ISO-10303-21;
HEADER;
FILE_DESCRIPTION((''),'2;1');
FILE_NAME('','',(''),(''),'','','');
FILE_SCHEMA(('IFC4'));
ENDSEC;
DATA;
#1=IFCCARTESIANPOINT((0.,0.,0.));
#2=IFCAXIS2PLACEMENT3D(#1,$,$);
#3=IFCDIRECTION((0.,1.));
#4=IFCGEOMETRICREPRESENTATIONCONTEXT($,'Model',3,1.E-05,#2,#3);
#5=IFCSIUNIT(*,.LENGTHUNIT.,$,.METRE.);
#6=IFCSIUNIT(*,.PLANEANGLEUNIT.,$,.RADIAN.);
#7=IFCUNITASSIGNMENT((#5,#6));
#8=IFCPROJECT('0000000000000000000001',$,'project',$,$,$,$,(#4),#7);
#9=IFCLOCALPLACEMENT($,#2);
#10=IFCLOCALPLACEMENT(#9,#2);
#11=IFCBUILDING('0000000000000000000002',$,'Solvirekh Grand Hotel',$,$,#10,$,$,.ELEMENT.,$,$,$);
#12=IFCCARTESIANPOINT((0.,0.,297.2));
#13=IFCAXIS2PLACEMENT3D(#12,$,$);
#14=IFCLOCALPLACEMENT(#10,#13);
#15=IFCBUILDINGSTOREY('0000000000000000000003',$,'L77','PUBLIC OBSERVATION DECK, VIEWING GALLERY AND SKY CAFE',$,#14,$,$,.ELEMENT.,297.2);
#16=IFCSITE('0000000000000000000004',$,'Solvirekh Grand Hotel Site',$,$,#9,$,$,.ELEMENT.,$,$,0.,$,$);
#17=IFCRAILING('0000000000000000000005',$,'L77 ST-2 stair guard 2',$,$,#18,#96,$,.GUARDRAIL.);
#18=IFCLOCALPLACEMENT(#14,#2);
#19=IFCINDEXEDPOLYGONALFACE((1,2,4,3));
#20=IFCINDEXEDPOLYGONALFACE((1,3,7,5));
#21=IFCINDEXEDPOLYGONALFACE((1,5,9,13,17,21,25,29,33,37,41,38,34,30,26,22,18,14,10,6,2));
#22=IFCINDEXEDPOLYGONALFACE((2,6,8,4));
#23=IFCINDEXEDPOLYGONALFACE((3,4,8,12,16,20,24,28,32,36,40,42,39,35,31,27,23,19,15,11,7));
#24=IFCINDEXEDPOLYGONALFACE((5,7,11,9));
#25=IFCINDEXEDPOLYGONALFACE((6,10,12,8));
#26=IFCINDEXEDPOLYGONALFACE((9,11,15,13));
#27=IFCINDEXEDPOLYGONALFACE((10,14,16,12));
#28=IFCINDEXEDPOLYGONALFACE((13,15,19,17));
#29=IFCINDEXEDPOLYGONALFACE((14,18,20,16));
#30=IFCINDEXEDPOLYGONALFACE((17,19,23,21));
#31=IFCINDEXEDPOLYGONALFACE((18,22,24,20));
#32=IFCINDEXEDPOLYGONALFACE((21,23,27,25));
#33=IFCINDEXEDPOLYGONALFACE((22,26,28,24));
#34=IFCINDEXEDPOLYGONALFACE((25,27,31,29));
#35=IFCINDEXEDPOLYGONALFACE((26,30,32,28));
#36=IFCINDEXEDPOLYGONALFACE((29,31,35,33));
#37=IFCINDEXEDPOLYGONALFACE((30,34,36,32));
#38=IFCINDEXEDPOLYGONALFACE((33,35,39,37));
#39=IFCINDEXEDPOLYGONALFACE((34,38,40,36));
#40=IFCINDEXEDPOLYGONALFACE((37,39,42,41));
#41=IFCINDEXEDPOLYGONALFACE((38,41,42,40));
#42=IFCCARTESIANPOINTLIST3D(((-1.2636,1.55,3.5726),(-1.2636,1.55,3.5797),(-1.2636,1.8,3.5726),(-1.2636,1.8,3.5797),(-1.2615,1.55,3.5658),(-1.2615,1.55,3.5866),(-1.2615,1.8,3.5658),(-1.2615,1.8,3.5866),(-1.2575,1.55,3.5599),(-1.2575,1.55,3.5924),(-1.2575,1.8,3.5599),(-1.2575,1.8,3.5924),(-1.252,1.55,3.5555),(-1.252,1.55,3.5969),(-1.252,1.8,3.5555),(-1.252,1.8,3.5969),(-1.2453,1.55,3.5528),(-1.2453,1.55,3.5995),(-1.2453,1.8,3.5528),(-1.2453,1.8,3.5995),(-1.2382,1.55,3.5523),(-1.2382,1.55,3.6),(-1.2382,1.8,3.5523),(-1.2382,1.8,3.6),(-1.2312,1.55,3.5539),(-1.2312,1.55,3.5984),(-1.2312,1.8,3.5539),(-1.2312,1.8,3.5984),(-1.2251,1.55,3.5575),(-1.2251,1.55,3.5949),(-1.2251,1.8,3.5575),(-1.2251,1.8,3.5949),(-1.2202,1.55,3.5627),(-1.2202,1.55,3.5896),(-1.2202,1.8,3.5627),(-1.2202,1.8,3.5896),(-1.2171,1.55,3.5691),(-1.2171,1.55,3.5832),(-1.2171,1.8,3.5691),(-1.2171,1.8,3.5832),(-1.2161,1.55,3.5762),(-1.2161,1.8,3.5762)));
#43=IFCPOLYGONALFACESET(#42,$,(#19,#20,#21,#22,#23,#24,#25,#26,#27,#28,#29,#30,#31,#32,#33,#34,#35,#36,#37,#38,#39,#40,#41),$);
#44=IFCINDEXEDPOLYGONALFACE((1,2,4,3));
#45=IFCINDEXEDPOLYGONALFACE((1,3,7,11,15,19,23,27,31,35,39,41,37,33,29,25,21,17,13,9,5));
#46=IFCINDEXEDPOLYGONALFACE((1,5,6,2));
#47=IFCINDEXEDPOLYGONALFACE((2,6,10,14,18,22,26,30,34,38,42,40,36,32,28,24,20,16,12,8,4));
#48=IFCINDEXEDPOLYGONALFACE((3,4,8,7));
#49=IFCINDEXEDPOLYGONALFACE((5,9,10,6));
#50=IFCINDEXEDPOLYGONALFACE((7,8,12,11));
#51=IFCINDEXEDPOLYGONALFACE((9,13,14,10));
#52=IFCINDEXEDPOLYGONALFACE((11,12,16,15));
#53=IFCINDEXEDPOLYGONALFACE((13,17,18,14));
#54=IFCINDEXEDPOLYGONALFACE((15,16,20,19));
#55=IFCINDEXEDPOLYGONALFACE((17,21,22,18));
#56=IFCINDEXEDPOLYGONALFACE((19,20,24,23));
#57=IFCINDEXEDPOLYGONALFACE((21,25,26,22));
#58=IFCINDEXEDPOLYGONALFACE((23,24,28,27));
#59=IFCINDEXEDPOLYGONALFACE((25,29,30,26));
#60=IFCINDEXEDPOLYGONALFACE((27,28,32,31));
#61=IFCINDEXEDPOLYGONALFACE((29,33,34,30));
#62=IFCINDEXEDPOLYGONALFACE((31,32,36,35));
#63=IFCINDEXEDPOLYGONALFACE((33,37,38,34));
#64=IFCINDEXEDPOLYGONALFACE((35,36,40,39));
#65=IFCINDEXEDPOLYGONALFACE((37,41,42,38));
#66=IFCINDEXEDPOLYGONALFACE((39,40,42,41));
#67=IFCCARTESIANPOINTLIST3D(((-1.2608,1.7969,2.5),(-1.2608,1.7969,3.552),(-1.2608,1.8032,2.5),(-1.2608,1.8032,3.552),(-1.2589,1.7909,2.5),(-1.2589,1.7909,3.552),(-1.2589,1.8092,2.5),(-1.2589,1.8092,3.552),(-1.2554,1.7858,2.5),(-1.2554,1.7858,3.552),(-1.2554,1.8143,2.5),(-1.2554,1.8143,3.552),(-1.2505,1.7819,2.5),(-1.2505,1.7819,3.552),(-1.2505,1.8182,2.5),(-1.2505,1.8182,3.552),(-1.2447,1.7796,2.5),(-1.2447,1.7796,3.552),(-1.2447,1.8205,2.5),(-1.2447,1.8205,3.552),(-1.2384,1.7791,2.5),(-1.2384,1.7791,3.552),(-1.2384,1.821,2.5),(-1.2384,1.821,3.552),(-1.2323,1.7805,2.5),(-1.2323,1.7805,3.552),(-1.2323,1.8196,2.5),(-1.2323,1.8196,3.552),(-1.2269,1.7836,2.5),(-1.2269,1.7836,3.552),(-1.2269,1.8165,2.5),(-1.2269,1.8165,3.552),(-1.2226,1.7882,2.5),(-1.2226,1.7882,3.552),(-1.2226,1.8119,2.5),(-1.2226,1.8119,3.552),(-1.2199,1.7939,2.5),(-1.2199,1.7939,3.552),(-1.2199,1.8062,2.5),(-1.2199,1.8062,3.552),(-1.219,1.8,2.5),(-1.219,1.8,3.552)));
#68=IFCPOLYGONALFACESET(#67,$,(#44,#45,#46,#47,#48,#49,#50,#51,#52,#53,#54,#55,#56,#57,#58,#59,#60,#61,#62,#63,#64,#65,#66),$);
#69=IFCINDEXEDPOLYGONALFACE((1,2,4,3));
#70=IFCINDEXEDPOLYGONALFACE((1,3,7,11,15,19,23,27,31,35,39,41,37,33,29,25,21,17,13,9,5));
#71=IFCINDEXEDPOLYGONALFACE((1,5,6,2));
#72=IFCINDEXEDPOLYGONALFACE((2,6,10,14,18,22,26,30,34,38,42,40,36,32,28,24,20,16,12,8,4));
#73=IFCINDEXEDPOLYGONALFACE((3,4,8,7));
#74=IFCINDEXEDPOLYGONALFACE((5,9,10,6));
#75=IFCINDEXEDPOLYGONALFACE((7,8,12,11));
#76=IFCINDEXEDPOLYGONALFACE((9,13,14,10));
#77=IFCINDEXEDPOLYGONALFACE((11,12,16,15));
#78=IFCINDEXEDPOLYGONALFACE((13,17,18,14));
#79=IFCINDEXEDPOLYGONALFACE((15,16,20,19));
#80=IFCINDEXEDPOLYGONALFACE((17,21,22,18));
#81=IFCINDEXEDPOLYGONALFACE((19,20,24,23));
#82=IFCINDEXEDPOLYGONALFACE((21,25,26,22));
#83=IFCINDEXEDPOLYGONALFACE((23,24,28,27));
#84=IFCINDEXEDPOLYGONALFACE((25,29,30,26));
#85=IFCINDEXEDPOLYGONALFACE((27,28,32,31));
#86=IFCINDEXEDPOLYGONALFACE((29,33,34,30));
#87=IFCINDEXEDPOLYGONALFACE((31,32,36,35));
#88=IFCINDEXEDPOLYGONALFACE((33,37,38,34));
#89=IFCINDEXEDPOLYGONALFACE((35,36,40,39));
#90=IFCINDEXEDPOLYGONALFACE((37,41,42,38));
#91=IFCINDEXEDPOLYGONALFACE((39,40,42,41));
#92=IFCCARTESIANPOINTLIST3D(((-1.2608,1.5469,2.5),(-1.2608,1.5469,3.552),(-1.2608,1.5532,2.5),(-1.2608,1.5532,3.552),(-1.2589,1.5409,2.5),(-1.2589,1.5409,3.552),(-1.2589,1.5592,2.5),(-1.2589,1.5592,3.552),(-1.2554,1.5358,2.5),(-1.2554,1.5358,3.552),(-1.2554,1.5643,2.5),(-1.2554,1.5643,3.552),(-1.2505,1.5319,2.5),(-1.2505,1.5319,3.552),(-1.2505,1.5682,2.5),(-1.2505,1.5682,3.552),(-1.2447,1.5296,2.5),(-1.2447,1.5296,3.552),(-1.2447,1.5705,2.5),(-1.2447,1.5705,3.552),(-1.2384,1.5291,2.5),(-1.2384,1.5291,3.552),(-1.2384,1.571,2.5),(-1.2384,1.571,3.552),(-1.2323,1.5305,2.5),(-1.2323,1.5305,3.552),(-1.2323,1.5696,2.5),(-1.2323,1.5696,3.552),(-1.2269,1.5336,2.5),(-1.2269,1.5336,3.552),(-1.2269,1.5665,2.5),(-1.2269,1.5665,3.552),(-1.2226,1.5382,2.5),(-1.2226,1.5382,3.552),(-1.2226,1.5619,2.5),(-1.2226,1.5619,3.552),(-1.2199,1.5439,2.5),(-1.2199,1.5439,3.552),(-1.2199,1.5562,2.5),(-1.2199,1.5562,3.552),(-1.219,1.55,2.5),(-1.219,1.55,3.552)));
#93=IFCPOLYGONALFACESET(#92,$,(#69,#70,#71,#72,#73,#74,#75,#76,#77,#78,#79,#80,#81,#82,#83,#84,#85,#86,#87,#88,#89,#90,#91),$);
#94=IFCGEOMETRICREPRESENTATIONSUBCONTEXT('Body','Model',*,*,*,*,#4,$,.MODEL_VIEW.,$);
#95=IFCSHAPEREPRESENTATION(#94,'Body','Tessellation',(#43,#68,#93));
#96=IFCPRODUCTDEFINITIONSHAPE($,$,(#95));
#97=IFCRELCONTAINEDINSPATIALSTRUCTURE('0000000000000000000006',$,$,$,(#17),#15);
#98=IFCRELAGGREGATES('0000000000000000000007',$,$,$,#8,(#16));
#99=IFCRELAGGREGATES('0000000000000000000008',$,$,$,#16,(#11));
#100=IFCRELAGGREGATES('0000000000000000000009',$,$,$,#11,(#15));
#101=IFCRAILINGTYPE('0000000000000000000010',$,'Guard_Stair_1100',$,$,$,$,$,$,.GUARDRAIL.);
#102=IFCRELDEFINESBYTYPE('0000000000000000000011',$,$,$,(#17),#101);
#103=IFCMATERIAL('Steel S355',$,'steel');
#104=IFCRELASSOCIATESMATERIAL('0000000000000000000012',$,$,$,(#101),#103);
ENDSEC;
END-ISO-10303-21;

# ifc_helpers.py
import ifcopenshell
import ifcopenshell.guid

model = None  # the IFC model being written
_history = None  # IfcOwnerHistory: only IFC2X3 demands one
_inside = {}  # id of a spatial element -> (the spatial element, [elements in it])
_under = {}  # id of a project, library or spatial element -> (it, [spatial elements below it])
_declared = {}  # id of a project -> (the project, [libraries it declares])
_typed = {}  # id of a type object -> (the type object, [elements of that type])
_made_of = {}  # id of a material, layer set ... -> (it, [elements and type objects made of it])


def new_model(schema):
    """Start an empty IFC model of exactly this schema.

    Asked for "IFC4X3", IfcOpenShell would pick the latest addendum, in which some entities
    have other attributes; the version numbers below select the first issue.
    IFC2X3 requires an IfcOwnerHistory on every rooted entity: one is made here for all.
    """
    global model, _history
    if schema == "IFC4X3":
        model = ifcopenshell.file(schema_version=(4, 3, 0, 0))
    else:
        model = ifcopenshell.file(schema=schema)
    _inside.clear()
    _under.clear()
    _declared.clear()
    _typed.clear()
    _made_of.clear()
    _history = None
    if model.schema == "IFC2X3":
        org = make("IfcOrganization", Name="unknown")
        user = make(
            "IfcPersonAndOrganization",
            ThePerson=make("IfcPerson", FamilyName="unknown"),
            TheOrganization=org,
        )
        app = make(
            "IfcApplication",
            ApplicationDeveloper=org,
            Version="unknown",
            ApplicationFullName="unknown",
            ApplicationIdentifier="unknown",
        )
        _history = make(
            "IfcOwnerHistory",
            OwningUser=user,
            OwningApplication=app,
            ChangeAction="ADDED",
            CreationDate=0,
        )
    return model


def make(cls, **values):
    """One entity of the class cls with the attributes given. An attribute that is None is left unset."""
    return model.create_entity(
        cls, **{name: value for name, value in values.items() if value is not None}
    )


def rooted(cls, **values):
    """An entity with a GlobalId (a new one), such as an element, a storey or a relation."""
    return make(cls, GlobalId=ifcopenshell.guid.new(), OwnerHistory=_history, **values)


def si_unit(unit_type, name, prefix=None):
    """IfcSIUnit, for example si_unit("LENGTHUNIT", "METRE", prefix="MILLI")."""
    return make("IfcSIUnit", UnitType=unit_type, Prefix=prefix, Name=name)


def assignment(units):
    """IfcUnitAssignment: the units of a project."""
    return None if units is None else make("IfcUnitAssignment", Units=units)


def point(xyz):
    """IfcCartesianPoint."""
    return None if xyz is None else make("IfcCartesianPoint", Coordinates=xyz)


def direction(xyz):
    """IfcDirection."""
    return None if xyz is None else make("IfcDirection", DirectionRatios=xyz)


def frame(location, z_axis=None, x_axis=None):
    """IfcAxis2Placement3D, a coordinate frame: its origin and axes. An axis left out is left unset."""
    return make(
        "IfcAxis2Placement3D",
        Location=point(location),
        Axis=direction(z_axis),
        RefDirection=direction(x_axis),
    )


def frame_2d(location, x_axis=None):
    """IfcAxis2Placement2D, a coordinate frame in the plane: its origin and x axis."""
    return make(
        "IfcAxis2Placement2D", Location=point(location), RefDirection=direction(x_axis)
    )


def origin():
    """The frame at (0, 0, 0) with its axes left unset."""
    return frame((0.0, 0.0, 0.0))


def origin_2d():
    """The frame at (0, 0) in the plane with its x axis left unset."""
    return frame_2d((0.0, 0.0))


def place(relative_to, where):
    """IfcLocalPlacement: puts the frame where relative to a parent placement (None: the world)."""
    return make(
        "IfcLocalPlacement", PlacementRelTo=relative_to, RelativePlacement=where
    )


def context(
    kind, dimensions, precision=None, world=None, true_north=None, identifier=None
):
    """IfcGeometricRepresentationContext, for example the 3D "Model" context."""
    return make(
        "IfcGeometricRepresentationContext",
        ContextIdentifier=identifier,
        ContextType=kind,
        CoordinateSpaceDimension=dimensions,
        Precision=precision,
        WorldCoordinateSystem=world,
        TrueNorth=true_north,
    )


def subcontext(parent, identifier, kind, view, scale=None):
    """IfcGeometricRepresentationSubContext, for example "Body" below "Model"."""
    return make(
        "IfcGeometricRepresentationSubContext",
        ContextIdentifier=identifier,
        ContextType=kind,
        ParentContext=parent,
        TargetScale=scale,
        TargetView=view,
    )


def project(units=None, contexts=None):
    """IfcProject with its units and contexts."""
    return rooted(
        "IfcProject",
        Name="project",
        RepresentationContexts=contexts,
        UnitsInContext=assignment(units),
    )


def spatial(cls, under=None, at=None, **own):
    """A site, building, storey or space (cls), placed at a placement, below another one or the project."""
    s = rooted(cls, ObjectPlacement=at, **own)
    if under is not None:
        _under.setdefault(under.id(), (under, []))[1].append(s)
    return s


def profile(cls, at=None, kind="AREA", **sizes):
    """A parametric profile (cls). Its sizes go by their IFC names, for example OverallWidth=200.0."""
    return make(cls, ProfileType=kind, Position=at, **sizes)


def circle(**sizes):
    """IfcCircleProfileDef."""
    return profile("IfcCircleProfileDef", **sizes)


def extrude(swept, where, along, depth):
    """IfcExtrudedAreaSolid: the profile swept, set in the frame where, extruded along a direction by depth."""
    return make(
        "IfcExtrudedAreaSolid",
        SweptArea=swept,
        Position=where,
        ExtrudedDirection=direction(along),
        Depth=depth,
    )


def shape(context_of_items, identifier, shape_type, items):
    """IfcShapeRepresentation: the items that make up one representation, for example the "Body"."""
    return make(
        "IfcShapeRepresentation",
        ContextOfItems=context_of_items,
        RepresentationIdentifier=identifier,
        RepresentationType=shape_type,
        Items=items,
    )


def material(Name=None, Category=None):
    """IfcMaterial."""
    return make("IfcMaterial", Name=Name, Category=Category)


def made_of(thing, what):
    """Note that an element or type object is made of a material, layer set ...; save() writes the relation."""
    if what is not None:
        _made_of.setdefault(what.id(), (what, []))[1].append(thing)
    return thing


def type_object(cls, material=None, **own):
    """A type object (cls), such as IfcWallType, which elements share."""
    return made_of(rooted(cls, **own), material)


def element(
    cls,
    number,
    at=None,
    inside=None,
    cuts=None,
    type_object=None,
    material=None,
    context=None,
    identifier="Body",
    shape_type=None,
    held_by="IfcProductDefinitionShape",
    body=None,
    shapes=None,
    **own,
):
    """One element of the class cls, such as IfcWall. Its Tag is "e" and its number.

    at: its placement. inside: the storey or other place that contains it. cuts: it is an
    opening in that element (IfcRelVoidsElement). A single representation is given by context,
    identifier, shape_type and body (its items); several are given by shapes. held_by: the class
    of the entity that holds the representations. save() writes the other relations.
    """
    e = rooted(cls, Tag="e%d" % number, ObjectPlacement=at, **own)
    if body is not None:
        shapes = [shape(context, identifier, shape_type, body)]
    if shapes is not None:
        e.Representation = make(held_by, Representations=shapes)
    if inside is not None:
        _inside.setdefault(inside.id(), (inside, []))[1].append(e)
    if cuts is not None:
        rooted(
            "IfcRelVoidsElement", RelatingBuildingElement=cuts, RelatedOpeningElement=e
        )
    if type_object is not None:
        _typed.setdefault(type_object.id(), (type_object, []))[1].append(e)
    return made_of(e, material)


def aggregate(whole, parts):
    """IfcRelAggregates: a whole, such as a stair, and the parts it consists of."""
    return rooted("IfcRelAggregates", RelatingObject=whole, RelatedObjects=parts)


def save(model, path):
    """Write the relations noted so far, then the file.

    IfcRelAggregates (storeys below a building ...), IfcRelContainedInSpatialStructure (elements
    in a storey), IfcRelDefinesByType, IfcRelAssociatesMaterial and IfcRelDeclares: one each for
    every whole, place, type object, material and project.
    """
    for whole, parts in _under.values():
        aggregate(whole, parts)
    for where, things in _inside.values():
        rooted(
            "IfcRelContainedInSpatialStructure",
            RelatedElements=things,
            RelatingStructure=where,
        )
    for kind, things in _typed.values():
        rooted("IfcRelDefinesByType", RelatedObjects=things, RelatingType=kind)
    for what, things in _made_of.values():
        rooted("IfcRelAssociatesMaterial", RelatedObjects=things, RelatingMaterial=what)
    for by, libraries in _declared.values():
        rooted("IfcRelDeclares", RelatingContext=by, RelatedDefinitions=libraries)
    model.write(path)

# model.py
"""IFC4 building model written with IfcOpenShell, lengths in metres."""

from ifc_helpers import new_model, si_unit, direction, frame, origin, origin_2d, place, context, subcontext, project, spatial, circle, extrude, material, type_object, element, save


model = new_model("IFC4")

# Units and contexts
model_context = context("Model", 3, precision=1e-05, world=origin(), true_north=direction((0.0, 1.0)))
body_context = subcontext(model_context, "Body", "Model", "MODEL_VIEW")
ifc_project = project(units=[si_unit("LENGTHUNIT", "METRE"), si_unit("PLANEANGLEUNIT", "RADIAN")], contexts=[model_context])

# Site, building, storey
site_placement = place(None, origin())
site = spatial("IfcSite", under=ifc_project, at=site_placement, Name="Solvirekh Grand Hotel Site", CompositionType="ELEMENT", RefElevation=0.0)
building_placement = place(site_placement, origin())
building = spatial("IfcBuilding", under=site, at=building_placement, Name="Solvirekh Grand Hotel", CompositionType="ELEMENT")
storey_placement = place(building_placement, frame((0.0, 0.0, 297.2)))
storey = spatial("IfcBuildingStorey", under=building, at=storey_placement, Name="L77", Description="PUBLIC OBSERVATION DECK, VIEWING GALLERY AND SKY CAFE", CompositionType="ELEMENT", Elevation=297.2)

# Railing
ifc_material_1 = material(Name="Steel S355", Category="steel")
railing_type_1 = type_object("IfcRailingType", Name="Guard_Stair_1100", PredefinedType="GUARDRAIL", material=ifc_material_1)
railing_1_placement = place(storey_placement, frame((-1.24, 1.8, 2.5)))
element("IfcRailing", 1, at=railing_1_placement, inside=storey, type_object=railing_type_1, Name="L77 ST-2 stair guard 2", PredefinedType="GUARDRAIL", context=body_context, shape_type="SweptSolid", body=[
    extrude(circle(Radius=0.0239, at=origin_2d()), frame((0.0, 0.0, 1.0762), z_axis=(0.0, -1.0, 0.0), x_axis=(1.0, 0.0, 0.0)), (0.0, 0.0, 1.0), 0.25),
    extrude(circle(Radius=0.021, at=origin_2d()), origin(), (0.0, 0.0, 1.0), 1.052),
    extrude(circle(Radius=0.021, at=origin_2d()), frame((0.0, -0.25, 0.0)), (0.0, 0.0, 1.0), 1.052),
])

save(model, "model.ifc")
